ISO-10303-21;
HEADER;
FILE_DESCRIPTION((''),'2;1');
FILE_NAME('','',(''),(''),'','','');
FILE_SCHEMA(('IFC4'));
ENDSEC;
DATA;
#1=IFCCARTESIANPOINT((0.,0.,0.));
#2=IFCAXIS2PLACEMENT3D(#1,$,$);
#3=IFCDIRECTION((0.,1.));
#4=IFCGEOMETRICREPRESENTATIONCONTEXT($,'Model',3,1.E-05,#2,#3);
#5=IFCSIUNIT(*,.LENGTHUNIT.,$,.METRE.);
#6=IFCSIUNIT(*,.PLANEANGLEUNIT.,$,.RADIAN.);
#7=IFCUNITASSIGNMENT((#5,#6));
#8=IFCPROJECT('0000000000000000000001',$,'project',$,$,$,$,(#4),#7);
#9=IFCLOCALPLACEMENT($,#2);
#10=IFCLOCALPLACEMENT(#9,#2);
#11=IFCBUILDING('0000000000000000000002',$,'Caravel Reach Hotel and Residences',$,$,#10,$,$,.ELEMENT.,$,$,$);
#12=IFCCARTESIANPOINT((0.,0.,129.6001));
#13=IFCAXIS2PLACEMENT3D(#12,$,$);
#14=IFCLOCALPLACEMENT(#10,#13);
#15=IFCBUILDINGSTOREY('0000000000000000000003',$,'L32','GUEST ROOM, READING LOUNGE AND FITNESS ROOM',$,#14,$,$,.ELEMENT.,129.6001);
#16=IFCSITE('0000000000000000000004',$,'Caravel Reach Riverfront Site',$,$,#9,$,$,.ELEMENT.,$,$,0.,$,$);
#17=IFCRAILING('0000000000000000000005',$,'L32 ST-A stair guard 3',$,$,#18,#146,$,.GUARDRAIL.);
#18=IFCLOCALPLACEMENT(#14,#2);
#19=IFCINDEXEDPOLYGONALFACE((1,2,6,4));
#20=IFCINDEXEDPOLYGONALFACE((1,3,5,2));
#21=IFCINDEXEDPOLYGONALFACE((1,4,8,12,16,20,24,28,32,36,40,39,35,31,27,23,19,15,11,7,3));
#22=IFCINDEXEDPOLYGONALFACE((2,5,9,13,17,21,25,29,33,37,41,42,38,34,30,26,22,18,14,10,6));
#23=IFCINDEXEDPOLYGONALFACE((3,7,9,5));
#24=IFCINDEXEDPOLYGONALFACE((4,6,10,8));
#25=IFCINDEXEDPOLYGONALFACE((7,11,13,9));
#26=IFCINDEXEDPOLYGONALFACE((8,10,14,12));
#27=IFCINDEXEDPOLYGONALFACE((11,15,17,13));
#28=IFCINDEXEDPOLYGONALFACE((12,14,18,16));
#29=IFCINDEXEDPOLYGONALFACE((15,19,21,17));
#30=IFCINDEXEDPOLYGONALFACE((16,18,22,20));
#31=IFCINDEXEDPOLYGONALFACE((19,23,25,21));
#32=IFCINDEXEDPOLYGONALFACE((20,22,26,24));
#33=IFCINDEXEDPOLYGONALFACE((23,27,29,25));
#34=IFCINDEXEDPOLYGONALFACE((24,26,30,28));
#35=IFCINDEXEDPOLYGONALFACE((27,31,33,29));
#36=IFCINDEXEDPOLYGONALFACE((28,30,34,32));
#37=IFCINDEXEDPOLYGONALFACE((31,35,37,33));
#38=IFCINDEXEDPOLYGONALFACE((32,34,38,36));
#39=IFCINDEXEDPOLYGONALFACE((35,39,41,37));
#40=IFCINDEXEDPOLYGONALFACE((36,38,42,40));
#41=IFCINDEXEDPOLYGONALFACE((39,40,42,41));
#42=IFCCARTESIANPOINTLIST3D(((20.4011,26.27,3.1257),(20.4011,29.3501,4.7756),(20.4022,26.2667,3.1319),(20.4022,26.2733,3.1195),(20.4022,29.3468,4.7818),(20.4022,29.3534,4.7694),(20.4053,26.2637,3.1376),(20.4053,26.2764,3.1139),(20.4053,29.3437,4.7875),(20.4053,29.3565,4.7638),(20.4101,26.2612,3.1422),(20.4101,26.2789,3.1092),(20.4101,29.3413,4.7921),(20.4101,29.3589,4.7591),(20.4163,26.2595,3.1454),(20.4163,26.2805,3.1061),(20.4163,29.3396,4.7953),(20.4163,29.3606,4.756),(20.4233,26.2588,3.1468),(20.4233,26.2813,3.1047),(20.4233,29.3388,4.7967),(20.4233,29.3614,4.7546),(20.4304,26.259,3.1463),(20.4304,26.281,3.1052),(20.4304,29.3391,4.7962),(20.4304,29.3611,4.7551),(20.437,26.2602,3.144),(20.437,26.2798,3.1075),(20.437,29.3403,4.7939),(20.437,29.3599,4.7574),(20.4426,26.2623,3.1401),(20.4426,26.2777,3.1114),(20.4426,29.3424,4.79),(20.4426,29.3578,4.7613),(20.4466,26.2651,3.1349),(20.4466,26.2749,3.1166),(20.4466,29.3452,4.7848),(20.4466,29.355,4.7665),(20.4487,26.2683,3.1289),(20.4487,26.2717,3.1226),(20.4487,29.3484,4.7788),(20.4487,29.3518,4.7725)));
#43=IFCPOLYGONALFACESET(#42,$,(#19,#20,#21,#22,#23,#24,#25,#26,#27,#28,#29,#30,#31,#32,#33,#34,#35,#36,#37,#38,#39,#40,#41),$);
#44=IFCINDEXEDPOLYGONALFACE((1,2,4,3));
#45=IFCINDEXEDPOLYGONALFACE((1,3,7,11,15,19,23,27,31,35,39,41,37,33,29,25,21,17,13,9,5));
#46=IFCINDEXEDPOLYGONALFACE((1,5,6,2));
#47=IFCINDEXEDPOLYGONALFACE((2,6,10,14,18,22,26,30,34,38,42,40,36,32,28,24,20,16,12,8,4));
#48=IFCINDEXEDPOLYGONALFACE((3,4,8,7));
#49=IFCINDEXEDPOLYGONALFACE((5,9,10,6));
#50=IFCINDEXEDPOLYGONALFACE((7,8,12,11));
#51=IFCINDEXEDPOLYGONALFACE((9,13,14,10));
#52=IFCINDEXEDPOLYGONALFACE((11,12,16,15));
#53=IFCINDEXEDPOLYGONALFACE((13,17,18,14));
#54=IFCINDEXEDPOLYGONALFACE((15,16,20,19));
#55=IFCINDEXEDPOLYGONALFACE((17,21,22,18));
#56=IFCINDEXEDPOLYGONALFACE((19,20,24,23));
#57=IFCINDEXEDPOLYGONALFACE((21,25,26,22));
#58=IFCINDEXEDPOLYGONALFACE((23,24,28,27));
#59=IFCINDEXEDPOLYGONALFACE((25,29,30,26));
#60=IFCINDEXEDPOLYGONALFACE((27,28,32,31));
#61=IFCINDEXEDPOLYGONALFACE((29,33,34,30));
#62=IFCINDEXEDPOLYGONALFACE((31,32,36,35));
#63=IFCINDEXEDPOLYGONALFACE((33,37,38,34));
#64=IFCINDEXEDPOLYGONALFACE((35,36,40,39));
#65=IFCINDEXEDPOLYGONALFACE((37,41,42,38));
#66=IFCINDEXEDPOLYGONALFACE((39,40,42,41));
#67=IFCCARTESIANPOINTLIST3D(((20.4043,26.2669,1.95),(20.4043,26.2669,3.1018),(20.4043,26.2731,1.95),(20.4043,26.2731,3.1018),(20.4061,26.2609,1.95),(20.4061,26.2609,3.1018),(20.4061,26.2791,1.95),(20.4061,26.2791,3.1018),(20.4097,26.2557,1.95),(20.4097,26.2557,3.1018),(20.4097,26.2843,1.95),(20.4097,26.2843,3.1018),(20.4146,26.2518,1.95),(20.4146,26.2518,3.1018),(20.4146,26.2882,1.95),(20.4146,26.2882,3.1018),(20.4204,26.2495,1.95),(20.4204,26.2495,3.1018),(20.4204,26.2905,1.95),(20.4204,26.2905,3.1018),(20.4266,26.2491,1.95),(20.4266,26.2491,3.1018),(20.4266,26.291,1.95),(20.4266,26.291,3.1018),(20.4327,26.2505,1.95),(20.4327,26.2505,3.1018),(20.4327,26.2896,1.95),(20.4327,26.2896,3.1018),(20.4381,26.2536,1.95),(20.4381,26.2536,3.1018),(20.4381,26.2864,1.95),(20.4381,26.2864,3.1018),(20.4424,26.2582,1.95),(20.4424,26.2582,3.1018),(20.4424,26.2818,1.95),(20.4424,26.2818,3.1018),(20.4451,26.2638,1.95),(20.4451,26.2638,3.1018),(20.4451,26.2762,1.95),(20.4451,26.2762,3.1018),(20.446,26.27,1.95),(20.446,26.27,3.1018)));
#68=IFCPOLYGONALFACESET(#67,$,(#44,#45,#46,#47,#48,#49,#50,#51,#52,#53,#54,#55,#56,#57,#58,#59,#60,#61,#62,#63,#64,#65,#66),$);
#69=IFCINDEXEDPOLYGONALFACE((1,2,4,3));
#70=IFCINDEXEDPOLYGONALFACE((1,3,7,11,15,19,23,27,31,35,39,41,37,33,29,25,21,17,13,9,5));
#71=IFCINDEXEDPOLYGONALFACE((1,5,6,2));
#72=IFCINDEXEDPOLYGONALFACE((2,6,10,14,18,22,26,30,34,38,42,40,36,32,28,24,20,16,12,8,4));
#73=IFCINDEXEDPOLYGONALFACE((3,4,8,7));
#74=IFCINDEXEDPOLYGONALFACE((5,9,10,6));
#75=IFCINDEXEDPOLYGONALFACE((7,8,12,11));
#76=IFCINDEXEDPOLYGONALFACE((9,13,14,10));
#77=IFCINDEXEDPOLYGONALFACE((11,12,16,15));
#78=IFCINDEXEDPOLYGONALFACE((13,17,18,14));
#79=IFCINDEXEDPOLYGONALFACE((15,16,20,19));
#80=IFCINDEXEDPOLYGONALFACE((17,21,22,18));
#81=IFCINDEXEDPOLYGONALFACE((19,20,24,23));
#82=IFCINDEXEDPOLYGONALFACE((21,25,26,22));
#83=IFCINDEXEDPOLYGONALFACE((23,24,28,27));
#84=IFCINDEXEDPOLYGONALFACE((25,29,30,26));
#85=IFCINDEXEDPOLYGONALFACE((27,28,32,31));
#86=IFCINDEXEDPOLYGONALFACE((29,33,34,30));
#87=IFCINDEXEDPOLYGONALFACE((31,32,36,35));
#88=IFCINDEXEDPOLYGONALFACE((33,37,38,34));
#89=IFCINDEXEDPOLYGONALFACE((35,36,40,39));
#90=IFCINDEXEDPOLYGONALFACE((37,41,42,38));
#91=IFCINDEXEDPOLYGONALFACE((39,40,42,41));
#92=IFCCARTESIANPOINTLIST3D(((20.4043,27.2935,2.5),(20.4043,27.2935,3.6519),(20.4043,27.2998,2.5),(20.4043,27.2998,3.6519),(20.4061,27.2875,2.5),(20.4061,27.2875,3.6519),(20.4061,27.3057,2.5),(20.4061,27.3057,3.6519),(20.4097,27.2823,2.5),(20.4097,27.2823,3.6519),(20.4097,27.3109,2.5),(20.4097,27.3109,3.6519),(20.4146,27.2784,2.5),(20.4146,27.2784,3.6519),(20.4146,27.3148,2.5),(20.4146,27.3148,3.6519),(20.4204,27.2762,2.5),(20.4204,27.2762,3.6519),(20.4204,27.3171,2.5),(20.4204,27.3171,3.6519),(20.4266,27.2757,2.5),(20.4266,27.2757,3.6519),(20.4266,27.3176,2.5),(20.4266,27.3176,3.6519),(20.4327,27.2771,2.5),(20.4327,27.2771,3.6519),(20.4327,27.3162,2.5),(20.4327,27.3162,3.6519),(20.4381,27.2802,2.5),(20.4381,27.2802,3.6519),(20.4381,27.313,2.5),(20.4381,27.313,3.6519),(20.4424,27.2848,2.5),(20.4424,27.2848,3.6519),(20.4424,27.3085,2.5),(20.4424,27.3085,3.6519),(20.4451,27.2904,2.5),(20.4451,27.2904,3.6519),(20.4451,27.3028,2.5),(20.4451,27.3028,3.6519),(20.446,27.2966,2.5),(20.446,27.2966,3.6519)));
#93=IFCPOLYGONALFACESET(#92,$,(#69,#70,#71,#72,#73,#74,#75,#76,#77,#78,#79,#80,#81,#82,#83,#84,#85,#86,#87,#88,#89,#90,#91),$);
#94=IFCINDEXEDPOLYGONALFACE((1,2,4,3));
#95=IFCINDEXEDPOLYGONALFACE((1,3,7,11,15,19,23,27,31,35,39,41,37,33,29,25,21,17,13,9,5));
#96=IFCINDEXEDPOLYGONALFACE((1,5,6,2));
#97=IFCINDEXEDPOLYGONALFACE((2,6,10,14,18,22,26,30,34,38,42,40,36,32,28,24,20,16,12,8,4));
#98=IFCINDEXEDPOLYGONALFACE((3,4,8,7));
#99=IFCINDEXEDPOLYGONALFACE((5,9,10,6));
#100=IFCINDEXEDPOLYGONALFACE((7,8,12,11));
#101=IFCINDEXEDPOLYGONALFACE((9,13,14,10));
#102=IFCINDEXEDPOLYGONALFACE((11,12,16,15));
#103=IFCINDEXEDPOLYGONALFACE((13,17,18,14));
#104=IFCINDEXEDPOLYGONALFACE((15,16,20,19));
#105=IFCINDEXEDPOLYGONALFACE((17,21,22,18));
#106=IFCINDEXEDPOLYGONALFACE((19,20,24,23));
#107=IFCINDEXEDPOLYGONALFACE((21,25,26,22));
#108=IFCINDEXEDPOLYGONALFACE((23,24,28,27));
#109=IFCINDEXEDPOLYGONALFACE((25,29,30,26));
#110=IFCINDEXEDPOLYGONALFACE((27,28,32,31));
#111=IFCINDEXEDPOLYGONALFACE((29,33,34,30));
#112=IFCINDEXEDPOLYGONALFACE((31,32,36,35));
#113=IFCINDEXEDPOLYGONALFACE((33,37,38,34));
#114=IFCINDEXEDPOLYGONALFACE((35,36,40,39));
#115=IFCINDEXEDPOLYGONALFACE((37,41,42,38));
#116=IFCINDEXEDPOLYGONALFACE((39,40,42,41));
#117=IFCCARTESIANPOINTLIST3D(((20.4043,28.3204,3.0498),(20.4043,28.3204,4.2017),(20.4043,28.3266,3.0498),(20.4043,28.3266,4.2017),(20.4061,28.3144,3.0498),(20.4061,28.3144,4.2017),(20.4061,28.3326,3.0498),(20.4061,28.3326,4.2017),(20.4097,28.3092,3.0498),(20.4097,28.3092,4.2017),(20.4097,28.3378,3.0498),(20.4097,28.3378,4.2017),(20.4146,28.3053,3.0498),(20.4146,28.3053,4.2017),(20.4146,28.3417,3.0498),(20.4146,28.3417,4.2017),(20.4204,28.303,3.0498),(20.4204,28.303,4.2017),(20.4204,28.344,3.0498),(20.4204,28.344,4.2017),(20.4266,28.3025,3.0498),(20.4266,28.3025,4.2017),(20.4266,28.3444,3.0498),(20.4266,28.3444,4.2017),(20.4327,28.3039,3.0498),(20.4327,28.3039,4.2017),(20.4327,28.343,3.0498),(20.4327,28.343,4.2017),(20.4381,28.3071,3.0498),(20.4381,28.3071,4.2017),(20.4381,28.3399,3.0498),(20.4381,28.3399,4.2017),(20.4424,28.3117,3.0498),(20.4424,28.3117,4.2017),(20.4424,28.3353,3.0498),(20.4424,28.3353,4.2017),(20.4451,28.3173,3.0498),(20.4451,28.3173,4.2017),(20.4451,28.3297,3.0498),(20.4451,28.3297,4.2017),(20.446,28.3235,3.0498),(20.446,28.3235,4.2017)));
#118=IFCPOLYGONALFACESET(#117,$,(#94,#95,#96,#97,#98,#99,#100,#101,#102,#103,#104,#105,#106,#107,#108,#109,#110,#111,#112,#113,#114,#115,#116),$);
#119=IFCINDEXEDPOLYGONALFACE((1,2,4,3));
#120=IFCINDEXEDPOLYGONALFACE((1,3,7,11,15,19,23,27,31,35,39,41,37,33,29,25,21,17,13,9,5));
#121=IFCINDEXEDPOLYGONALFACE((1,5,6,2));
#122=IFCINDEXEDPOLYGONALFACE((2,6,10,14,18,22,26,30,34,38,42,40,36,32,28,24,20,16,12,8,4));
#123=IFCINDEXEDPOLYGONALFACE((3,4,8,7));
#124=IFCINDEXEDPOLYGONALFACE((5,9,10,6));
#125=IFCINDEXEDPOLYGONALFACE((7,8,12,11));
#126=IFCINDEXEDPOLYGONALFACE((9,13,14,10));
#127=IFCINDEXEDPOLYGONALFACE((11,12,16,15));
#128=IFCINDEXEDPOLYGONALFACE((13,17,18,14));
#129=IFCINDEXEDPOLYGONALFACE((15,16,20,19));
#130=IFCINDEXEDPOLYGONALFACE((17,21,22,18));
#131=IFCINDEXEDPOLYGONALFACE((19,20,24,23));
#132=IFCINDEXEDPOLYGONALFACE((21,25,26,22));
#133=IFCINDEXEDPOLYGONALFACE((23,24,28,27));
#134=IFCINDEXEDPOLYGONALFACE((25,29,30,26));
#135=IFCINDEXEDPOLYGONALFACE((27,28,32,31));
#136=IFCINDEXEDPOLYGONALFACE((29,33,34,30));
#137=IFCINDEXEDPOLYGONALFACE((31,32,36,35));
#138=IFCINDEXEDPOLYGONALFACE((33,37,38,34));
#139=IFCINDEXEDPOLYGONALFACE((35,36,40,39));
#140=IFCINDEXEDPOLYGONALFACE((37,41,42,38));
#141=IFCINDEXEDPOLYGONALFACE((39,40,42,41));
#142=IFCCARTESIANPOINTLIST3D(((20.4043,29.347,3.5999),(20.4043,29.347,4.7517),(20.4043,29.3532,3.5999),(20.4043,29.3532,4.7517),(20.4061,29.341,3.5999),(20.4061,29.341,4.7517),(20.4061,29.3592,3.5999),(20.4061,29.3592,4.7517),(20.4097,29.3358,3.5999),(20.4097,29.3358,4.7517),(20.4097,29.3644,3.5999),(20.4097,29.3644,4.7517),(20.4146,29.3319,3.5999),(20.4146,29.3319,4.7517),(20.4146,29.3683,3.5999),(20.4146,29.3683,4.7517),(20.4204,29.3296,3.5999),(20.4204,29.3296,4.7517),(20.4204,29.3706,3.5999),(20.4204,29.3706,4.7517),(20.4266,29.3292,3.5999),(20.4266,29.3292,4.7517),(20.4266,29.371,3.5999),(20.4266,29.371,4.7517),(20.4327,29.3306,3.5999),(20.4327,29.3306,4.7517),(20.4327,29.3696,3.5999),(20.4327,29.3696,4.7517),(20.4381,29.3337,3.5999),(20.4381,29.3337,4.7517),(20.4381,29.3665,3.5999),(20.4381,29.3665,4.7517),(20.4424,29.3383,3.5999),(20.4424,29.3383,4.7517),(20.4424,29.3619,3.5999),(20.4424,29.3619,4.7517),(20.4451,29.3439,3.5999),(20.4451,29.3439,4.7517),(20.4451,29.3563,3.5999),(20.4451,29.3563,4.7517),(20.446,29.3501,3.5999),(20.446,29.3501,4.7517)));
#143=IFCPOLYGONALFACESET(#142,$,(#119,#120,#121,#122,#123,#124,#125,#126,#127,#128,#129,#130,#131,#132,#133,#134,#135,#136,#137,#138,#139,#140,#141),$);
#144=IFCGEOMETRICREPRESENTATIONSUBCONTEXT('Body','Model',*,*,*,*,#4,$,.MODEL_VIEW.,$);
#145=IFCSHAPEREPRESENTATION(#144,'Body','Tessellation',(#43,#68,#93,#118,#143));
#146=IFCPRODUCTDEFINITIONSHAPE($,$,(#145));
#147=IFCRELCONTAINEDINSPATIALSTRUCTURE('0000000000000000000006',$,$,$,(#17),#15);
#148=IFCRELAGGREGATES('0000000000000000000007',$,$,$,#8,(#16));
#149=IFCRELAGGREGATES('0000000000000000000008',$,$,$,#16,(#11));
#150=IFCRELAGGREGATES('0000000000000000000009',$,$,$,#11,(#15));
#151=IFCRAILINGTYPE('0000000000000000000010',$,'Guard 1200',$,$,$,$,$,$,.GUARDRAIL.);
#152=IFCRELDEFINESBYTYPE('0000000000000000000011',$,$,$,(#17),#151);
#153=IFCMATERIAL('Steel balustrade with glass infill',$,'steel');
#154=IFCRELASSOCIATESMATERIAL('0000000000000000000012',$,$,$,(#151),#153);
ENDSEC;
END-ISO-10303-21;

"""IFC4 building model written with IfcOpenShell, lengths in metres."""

from ifc_helpers import new_model, si_unit, direction, frame, origin, origin_2d, place, context, subcontext, project, spatial, circle, extrude, material, type_object, element, save


model = new_model("IFC4")

# Units and contexts
model_context = context("Model", 3, precision=1e-05, world=origin(), true_north=direction((0.0, 1.0)))
body_context = subcontext(model_context, "Body", "Model", "MODEL_VIEW")
ifc_project = project(units=[si_unit("LENGTHUNIT", "METRE"), si_unit("PLANEANGLEUNIT", "RADIAN")], contexts=[model_context])

# Site, building, storey
site_placement = place(None, origin())
site = spatial("IfcSite", under=ifc_project, at=site_placement, Name="Caravel Reach Riverfront Site", CompositionType="ELEMENT", RefElevation=0.0)
building_placement = place(site_placement, origin())
building = spatial("IfcBuilding", under=site, at=building_placement, Name="Caravel Reach Hotel and Residences", CompositionType="ELEMENT")
storey_placement = place(building_placement, frame((0.0, 0.0, 129.6001)))
storey = spatial("IfcBuildingStorey", under=building, at=storey_placement, Name="L32", Description="GUEST ROOM, READING LOUNGE AND FITNESS ROOM", CompositionType="ELEMENT", Elevation=129.6001)

# Railing
ifc_material_1 = material(Name="Steel balustrade with glass infill", Category="steel")
railing_type_1 = type_object("IfcRailingType", Name="Guard 1200", PredefinedType="GUARDRAIL", material=ifc_material_1)
railing_1_placement = place(storey_placement, frame((20.425, 26.27, 1.95)))
element("IfcRailing", 1, at=railing_1_placement, inside=storey, type_object=railing_type_1, Name="L32 ST-A stair guard 3", PredefinedType="GUARDRAIL", context=body_context, shape_type="SweptSolid", body=[
    extrude(circle(Radius=0.0239, at=origin_2d()), frame((0.0, 0.0, 1.1758), z_axis=(0.0, 0.881497, 0.47219), x_axis=(-1.0, 0.0, 0.0)), (0.0, 0.0, 1.0), 3.4941),
    extrude(circle(Radius=0.021, at=origin_2d()), origin(), (0.0, 0.0, 1.0), 1.1519),
    extrude(circle(Radius=0.021, at=origin_2d()), frame((0.0, 1.0266, 0.55)), (0.0, 0.0, 1.0), 1.1519),
    extrude(circle(Radius=0.021, at=origin_2d()), frame((0.0, 2.0535, 1.0999)), (0.0, 0.0, 1.0), 1.1519),
    extrude(circle(Radius=0.021, at=origin_2d()), frame((0.0, 3.0801, 1.6499)), (0.0, 0.0, 1.0), 1.1519),
])

save(model, "model.ifc")
